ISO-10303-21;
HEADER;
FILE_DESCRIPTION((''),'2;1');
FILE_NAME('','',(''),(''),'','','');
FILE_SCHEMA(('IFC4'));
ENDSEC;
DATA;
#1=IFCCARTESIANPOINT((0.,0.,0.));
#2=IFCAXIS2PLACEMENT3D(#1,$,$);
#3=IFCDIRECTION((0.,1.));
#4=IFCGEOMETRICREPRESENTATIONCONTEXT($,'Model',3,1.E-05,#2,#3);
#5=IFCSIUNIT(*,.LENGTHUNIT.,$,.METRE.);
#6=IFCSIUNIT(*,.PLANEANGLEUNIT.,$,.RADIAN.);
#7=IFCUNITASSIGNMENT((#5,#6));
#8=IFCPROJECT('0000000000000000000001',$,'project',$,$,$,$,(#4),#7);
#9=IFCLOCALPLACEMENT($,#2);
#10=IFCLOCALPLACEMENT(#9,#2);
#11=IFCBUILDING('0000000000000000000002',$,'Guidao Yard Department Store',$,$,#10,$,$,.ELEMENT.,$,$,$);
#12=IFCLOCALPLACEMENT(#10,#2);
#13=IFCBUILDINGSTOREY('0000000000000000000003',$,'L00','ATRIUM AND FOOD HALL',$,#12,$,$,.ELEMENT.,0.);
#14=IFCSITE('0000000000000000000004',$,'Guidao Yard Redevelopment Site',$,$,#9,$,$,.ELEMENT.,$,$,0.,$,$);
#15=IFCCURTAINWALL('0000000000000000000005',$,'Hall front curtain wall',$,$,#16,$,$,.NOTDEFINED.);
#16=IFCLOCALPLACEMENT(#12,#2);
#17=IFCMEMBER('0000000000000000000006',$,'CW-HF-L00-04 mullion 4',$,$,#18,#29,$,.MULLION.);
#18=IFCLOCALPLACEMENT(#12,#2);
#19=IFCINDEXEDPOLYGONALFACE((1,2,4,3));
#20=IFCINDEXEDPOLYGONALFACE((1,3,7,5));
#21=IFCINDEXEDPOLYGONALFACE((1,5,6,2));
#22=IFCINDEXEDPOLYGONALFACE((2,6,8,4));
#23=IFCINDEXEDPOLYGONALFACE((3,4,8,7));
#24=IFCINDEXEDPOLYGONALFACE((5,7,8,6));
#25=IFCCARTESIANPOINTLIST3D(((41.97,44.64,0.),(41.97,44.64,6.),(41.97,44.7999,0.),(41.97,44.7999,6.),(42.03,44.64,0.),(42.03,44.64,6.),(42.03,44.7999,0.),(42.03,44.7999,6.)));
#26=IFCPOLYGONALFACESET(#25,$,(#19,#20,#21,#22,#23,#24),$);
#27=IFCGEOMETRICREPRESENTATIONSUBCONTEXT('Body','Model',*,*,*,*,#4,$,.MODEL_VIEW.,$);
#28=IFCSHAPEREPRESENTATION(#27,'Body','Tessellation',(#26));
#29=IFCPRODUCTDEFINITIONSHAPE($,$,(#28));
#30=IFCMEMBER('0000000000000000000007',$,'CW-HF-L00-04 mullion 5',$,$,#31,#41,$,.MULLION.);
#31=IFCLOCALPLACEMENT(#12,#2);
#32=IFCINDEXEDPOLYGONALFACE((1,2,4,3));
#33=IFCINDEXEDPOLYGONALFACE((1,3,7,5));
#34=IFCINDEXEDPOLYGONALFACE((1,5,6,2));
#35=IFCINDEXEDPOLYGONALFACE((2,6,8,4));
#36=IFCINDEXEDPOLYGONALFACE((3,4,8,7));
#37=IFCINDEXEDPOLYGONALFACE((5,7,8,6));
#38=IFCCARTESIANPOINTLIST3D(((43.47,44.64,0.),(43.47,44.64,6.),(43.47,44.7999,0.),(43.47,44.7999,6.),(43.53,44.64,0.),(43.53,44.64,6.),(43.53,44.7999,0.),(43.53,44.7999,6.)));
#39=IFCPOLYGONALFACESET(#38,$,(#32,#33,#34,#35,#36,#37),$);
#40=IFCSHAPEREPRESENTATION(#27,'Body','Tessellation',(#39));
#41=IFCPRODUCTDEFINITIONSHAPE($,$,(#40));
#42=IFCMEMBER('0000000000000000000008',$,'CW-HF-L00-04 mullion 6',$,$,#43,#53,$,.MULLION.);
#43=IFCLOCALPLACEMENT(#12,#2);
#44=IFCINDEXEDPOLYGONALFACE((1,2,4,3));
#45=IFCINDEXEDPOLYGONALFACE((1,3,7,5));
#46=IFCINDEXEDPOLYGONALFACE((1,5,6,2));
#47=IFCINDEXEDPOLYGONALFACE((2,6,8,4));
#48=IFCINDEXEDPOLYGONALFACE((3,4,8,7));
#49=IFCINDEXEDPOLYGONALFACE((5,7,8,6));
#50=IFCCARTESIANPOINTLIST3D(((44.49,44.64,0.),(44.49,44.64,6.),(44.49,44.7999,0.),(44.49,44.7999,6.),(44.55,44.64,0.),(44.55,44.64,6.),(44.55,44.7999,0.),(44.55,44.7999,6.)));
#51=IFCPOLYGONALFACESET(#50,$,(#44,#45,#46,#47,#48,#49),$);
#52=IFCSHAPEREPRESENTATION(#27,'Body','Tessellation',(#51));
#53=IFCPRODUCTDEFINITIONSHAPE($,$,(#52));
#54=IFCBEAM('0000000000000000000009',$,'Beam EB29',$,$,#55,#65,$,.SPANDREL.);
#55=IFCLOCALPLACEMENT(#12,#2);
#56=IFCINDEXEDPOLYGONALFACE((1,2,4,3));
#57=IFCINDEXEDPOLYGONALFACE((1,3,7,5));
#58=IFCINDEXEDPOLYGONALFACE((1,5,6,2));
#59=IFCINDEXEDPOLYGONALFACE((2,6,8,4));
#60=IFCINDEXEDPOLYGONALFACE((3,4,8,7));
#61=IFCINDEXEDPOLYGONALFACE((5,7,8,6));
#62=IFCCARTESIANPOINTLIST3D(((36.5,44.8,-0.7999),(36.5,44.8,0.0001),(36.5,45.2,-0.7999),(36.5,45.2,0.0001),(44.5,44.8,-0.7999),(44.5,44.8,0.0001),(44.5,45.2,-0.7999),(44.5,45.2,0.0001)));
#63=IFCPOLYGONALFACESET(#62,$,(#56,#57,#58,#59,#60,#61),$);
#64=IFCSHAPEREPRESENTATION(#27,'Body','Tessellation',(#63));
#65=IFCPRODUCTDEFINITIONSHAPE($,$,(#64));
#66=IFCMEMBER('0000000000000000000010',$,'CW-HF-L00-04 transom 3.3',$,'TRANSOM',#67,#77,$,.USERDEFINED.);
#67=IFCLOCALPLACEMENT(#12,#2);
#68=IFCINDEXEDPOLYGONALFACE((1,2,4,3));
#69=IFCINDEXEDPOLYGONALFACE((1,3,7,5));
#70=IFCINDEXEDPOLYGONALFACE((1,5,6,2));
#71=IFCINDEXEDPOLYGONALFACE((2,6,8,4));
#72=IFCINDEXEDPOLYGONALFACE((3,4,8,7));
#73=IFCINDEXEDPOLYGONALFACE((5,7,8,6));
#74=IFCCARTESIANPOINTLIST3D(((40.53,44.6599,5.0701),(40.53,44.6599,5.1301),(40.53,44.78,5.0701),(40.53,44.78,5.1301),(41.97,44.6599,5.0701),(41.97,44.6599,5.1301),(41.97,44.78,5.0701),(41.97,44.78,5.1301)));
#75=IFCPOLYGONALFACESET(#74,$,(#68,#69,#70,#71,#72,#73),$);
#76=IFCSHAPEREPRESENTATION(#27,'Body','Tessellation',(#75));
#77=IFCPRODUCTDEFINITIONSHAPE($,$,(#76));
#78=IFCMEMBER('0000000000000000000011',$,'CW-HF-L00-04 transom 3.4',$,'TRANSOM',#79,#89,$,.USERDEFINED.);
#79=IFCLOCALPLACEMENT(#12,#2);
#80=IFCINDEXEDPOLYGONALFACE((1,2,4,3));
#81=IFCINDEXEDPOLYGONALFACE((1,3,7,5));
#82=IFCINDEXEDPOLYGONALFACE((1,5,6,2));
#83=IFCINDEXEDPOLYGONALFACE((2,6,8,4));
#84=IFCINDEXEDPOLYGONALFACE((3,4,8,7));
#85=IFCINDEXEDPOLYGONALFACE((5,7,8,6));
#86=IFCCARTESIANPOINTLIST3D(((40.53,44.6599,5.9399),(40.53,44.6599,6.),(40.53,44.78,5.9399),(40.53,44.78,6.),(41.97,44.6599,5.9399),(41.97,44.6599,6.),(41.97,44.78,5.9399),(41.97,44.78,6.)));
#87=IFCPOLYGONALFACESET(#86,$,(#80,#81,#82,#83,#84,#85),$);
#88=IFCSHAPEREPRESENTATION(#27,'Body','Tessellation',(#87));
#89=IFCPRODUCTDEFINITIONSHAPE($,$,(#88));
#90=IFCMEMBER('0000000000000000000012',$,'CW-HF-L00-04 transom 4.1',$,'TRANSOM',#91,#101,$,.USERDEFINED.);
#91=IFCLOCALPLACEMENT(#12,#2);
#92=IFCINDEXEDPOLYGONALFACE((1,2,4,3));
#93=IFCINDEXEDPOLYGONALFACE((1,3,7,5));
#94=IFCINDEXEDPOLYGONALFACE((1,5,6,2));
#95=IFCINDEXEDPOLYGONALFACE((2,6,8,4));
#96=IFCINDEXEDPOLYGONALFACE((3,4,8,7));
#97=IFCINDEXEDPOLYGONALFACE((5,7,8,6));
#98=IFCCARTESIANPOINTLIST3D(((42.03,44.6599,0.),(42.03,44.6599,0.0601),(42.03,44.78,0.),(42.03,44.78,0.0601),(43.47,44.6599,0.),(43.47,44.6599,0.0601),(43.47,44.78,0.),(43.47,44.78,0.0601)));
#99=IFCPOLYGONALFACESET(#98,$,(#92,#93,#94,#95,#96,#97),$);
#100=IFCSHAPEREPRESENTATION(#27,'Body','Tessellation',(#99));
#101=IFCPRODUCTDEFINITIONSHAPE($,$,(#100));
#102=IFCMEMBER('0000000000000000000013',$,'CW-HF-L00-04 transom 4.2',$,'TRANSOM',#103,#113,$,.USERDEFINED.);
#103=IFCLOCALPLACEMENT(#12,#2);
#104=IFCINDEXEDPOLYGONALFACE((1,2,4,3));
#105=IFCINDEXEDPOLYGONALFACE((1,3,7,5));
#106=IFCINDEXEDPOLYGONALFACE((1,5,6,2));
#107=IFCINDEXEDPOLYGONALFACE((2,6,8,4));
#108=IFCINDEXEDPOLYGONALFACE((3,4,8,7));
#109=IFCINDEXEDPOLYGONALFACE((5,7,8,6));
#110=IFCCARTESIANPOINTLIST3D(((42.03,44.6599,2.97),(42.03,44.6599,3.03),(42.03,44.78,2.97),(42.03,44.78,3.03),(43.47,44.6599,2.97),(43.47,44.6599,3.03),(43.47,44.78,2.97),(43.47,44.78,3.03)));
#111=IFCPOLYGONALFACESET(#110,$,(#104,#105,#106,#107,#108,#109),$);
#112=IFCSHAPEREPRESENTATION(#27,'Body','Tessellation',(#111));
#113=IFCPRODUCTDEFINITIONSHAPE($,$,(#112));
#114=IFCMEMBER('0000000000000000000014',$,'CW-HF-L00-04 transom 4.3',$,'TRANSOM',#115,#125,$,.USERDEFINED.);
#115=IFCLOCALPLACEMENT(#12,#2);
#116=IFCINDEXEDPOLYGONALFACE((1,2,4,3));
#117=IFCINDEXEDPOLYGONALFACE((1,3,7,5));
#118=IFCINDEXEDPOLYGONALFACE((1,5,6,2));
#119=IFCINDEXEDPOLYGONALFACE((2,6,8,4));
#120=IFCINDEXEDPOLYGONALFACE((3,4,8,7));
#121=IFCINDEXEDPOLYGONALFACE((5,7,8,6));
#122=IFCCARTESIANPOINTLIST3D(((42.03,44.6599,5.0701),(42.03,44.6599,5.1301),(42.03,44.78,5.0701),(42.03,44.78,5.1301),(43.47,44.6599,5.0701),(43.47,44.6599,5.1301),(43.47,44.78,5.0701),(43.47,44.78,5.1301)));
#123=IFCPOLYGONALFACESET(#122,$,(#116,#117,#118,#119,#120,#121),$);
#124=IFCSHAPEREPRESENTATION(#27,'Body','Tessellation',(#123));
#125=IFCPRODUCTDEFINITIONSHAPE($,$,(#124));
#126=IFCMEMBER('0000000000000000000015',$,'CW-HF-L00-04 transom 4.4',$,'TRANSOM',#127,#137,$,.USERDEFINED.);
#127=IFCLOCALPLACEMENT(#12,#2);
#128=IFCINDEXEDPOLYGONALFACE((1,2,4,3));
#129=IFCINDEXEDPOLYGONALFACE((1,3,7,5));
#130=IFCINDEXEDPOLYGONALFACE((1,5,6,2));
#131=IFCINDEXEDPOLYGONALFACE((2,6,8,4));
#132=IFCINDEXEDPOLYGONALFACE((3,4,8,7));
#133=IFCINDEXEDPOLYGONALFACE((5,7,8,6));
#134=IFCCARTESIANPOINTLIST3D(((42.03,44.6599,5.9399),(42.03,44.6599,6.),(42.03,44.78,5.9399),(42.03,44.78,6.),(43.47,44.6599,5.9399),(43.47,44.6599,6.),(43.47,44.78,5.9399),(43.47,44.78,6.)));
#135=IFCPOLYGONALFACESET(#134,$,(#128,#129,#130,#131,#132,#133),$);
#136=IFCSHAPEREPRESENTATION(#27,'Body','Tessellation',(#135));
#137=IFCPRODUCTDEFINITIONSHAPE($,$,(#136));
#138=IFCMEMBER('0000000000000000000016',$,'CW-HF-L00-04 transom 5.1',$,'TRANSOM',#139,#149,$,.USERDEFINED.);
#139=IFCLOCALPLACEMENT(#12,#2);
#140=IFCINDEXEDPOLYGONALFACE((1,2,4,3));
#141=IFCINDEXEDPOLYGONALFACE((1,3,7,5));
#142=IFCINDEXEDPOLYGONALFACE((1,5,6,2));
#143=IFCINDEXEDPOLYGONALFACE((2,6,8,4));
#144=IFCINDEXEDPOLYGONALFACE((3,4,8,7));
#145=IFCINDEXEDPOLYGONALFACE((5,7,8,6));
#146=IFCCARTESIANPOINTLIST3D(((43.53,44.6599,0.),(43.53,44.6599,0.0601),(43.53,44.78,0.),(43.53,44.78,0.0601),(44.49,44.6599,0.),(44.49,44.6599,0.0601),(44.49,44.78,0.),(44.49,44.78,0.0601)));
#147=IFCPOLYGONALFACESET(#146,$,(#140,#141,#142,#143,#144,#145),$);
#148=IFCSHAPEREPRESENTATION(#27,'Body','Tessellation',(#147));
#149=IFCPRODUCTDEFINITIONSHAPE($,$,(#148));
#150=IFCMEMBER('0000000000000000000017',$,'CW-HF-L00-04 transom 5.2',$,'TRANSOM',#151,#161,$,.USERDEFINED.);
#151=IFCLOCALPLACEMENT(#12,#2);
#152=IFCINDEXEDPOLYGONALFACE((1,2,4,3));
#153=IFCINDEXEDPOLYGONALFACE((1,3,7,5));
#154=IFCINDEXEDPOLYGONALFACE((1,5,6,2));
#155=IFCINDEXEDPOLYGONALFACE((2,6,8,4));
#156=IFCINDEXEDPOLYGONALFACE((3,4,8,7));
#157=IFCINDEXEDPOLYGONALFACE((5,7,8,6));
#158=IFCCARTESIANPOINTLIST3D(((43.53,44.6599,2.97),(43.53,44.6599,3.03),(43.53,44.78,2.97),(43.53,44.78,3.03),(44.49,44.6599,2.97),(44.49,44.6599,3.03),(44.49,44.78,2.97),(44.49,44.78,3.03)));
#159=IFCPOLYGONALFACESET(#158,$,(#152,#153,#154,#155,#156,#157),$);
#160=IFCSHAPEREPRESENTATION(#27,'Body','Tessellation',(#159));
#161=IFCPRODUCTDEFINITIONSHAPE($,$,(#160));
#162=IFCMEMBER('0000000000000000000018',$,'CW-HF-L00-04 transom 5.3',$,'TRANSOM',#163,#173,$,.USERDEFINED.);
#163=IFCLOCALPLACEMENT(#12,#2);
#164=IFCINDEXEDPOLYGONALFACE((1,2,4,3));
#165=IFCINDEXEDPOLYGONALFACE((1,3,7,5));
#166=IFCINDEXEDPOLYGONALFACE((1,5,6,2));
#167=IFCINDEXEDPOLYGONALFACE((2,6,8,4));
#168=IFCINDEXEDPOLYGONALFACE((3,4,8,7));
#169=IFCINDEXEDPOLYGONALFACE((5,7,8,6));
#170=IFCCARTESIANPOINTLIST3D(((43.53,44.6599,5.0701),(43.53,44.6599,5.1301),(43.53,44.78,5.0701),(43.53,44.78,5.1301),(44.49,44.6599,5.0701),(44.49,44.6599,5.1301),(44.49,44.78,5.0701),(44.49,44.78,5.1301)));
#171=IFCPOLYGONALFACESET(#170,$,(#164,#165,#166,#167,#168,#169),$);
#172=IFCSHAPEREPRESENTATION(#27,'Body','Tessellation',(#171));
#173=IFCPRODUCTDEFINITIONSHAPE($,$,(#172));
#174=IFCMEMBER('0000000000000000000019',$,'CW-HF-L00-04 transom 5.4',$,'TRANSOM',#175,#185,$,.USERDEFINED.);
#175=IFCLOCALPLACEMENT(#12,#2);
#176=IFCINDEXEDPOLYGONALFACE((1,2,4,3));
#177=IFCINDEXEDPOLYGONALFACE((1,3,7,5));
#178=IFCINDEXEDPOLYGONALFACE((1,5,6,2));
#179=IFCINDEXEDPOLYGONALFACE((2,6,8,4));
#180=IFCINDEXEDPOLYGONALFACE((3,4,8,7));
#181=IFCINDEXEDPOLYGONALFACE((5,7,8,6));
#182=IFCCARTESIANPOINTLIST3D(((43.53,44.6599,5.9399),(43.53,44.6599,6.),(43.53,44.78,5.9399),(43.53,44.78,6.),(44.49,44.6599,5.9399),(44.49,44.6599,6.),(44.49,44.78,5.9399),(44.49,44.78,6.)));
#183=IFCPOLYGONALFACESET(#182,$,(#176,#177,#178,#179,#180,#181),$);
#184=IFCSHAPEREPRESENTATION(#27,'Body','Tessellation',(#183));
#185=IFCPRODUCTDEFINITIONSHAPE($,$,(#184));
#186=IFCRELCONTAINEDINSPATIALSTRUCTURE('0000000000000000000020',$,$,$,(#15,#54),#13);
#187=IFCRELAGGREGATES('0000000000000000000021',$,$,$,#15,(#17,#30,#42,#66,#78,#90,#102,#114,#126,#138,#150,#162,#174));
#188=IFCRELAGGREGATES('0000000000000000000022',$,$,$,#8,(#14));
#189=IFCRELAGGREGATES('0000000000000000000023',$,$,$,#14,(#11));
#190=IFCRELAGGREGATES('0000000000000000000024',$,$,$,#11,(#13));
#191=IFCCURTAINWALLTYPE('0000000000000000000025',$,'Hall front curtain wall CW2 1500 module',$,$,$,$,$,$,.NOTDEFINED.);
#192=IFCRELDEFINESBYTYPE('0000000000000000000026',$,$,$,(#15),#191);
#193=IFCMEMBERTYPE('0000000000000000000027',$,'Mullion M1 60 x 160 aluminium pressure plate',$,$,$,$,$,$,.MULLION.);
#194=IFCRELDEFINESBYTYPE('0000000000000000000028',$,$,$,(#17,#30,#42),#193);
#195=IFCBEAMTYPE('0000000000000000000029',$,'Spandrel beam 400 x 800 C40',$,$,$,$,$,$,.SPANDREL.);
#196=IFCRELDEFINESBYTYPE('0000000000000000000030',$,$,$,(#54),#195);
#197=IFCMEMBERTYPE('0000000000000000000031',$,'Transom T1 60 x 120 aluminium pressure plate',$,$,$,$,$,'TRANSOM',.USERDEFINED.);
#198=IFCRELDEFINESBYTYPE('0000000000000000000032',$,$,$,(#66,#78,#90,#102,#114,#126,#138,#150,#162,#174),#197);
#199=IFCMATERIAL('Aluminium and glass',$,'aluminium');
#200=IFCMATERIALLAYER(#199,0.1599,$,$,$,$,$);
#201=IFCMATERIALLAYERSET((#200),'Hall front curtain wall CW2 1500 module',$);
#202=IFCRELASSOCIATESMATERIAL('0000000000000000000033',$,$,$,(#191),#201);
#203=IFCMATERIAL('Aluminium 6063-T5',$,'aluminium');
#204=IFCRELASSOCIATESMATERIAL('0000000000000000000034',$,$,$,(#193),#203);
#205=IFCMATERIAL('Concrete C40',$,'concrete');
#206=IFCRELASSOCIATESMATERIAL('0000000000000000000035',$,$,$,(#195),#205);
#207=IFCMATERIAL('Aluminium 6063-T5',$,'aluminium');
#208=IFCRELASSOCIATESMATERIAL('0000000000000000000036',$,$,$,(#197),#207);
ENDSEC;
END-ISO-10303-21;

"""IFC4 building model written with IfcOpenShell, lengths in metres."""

from ifc_helpers import new_model, si_unit, direction, frame, origin, origin_2d, place, context, subcontext, project, spatial, rectangle, extrude, material, layer, layer_set, material_profile, profile_set, type_object, element, aggregate, save


model = new_model("IFC4")

# Units and contexts
model_context = context("Model", 3, precision=1e-05, world=origin(), true_north=direction((0.0, 1.0)))
body_context = subcontext(model_context, "Body", "Model", "MODEL_VIEW")
ifc_project = project(units=[si_unit("LENGTHUNIT", "METRE"), si_unit("PLANEANGLEUNIT", "RADIAN")], contexts=[model_context])

# Site, building, storey
site_placement = place(None, origin())
site = spatial("IfcSite", under=ifc_project, at=site_placement, Name="Guidao Yard Redevelopment Site", CompositionType="ELEMENT", RefElevation=0.0)
building_placement = place(site_placement, origin())
building = spatial("IfcBuilding", under=site, at=building_placement, Name="Guidao Yard Department Store", CompositionType="ELEMENT")
storey_placement = place(building_placement, origin())
storey = spatial("IfcBuildingStorey", under=building, at=storey_placement, Name="L00", Description="ATRIUM AND FOOD HALL", CompositionType="ELEMENT", Elevation=0.0)

# Curtain wall, members
ifc_material_1 = material(Name="Aluminium and glass", Category="aluminium")
ifc_layer_1 = layer(ifc_material_1, 0.1599)
ifc_layer_set_1 = layer_set([ifc_layer_1], Name="Hall front curtain wall CW2 1500 module")
curtain_wall_type = type_object("IfcCurtainWallType", Name="Hall front curtain wall CW2 1500 module", PredefinedType="NOTDEFINED", material=ifc_layer_set_1)
curtain_wall_placement = place(storey_placement, origin())
curtain_wall = element("IfcCurtainWall", 1, at=curtain_wall_placement, inside=storey, type_object=curtain_wall_type, Name="Hall front curtain wall", PredefinedType="NOTDEFINED")
ifc_material_2 = material(Name="Aluminium 6063-T5", Category="aluminium")
ifc_material_profile_1 = material_profile(ifc_material_2, rectangle(XDim=0.0601, YDim=0.1599, at=origin_2d()), Name="Mullion M1 60 x 160 aluminium pressure plate")
ifc_profile_set_1 = profile_set([ifc_material_profile_1], Name="Aluminium 6063-T5")
member_type_1 = type_object("IfcMemberType", Name="Mullion M1 60 x 160 aluminium pressure plate", PredefinedType="MULLION", material=ifc_profile_set_1)
member_1_placement = place(storey_placement, frame((42.0, 44.72, 0.0), z_axis=(0.0, 0.0, 1.0), x_axis=(-1.0, 0.0, 0.0)))
member_1 = element("IfcMember", 2, at=member_1_placement, type_object=member_type_1, Name="CW-HF-L00-04 mullion 4", PredefinedType="MULLION", context=body_context, shape_type="SweptSolid", body=[
    extrude(rectangle(XDim=0.0601, YDim=0.1599, at=origin_2d()), origin(), (0.0, 0.0, 1.0), 6.0),
])
member_2_placement = place(storey_placement, frame((43.5, 44.72, 0.0), z_axis=(0.0, 0.0, 1.0), x_axis=(-1.0, 0.0, 0.0)))
member_2 = element("IfcMember", 3, at=member_2_placement, type_object=member_type_1, Name="CW-HF-L00-04 mullion 5", PredefinedType="MULLION", context=body_context, shape_type="SweptSolid", body=[
    extrude(rectangle(XDim=0.0601, YDim=0.1599, at=origin_2d()), origin(), (0.0, 0.0, 1.0), 6.0),
])
member_3_placement = place(storey_placement, frame((44.52, 44.72, 0.0), z_axis=(0.0, 0.0, 1.0), x_axis=(-1.0, 0.0, 0.0)))
member_3 = element("IfcMember", 4, at=member_3_placement, type_object=member_type_1, Name="CW-HF-L00-04 mullion 6", PredefinedType="MULLION", context=body_context, shape_type="SweptSolid", body=[
    extrude(rectangle(XDim=0.0601, YDim=0.1599, at=origin_2d()), origin(), (0.0, 0.0, 1.0), 6.0),
])

# Beam
ifc_material_3 = material(Name="Concrete C40", Category="concrete")
ifc_material_profile_2 = material_profile(ifc_material_3, rectangle(XDim=0.3999, YDim=0.8, at=origin_2d()), Name="Spandrel beam 400 x 800 C40")
ifc_profile_set_2 = profile_set([ifc_material_profile_2], Name="Concrete C40")
beam_type = type_object("IfcBeamType", Name="Spandrel beam 400 x 800 C40", PredefinedType="SPANDREL", material=ifc_profile_set_2)
beam_placement = place(storey_placement, frame((36.5, 45.0, -0.3999), z_axis=(1.0, 0.0, 0.0), x_axis=(0.0, 1.0, 0.0)))
element("IfcBeam", 5, at=beam_placement, inside=storey, type_object=beam_type, Name="Beam EB29", PredefinedType="SPANDREL", context=body_context, shape_type="SweptSolid", body=[
    extrude(rectangle(XDim=0.3999, YDim=0.8, at=origin_2d()), origin(), (0.0, 0.0, 1.0), 8.0),
])

# Members
ifc_material_4 = material(Name="Aluminium 6063-T5", Category="aluminium")
ifc_material_profile_3 = material_profile(ifc_material_4, rectangle(XDim=0.1201, YDim=0.0601, at=origin_2d()), Name="Transom T1 60 x 120 aluminium pressure plate")
ifc_profile_set_3 = profile_set([ifc_material_profile_3], Name="Aluminium 6063-T5")
member_type_2 = type_object("IfcMemberType", Name="Transom T1 60 x 120 aluminium pressure plate", ElementType="TRANSOM", PredefinedType="USERDEFINED", material=ifc_profile_set_3)
member_4_placement = place(storey_placement, frame((41.97, 44.72, 5.1001), z_axis=(-1.0, 0.0, 0.0), x_axis=(0.0, -1.0, 0.0)))
member_4 = element("IfcMember", 6, at=member_4_placement, type_object=member_type_2, Name="CW-HF-L00-04 transom 3.3", ObjectType="TRANSOM", PredefinedType="USERDEFINED", context=body_context, shape_type="SweptSolid", body=[
    extrude(rectangle(XDim=0.1201, YDim=0.0601, at=origin_2d()), origin(), (0.0, 0.0, 1.0), 1.4399),
])
member_5_placement = place(storey_placement, frame((41.97, 44.72, 5.97), z_axis=(-1.0, 0.0, 0.0), x_axis=(0.0, -1.0, 0.0)))
member_5 = element("IfcMember", 7, at=member_5_placement, type_object=member_type_2, Name="CW-HF-L00-04 transom 3.4", ObjectType="TRANSOM", PredefinedType="USERDEFINED", context=body_context, shape_type="SweptSolid", body=[
    extrude(rectangle(XDim=0.1201, YDim=0.0601, at=origin_2d()), origin(), (0.0, 0.0, 1.0), 1.4399),
])
member_6_placement = place(storey_placement, frame((43.47, 44.72, 0.03), z_axis=(-1.0, 0.0, 0.0), x_axis=(0.0, -1.0, 0.0)))
member_6 = element("IfcMember", 8, at=member_6_placement, type_object=member_type_2, Name="CW-HF-L00-04 transom 4.1", ObjectType="TRANSOM", PredefinedType="USERDEFINED", context=body_context, shape_type="SweptSolid", body=[
    extrude(rectangle(XDim=0.1201, YDim=0.0601, at=origin_2d()), origin(), (0.0, 0.0, 1.0), 1.4399),
])
member_7_placement = place(storey_placement, frame((43.47, 44.72, 3.0), z_axis=(-1.0, 0.0, 0.0), x_axis=(0.0, -1.0, 0.0)))
member_7 = element("IfcMember", 9, at=member_7_placement, type_object=member_type_2, Name="CW-HF-L00-04 transom 4.2", ObjectType="TRANSOM", PredefinedType="USERDEFINED", context=body_context, shape_type="SweptSolid", body=[
    extrude(rectangle(XDim=0.1201, YDim=0.0601, at=origin_2d()), origin(), (0.0, 0.0, 1.0), 1.4399),
])
member_8_placement = place(storey_placement, frame((43.47, 44.72, 5.1001), z_axis=(-1.0, 0.0, 0.0), x_axis=(0.0, -1.0, 0.0)))
member_8 = element("IfcMember", 10, at=member_8_placement, type_object=member_type_2, Name="CW-HF-L00-04 transom 4.3", ObjectType="TRANSOM", PredefinedType="USERDEFINED", context=body_context, shape_type="SweptSolid", body=[
    extrude(rectangle(XDim=0.1201, YDim=0.0601, at=origin_2d()), origin(), (0.0, 0.0, 1.0), 1.4399),
])
member_9_placement = place(storey_placement, frame((43.47, 44.72, 5.97), z_axis=(-1.0, 0.0, 0.0), x_axis=(0.0, -1.0, 0.0)))
member_9 = element("IfcMember", 11, at=member_9_placement, type_object=member_type_2, Name="CW-HF-L00-04 transom 4.4", ObjectType="TRANSOM", PredefinedType="USERDEFINED", context=body_context, shape_type="SweptSolid", body=[
    extrude(rectangle(XDim=0.1201, YDim=0.0601, at=origin_2d()), origin(), (0.0, 0.0, 1.0), 1.4399),
])
member_10_placement = place(storey_placement, frame((44.49, 44.72, 0.03), z_axis=(-1.0, 0.0, 0.0), x_axis=(0.0, -1.0, 0.0)))
member_10 = element("IfcMember", 12, at=member_10_placement, type_object=member_type_2, Name="CW-HF-L00-04 transom 5.1", ObjectType="TRANSOM", PredefinedType="USERDEFINED", context=body_context, shape_type="SweptSolid", body=[
    extrude(rectangle(XDim=0.1201, YDim=0.0601, at=origin_2d()), origin(), (0.0, 0.0, 1.0), 0.96),
])
member_11_placement = place(storey_placement, frame((44.49, 44.72, 3.0), z_axis=(-1.0, 0.0, 0.0), x_axis=(0.0, -1.0, 0.0)))
member_11 = element("IfcMember", 13, at=member_11_placement, type_object=member_type_2, Name="CW-HF-L00-04 transom 5.2", ObjectType="TRANSOM", PredefinedType="USERDEFINED", context=body_context, shape_type="SweptSolid", body=[
    extrude(rectangle(XDim=0.1201, YDim=0.0601, at=origin_2d()), origin(), (0.0, 0.0, 1.0), 0.96),
])
member_12_placement = place(storey_placement, frame((44.49, 44.72, 5.1001), z_axis=(-1.0, 0.0, 0.0), x_axis=(0.0, -1.0, 0.0)))
member_12 = element("IfcMember", 14, at=member_12_placement, type_object=member_type_2, Name="CW-HF-L00-04 transom 5.3", ObjectType="TRANSOM", PredefinedType="USERDEFINED", context=body_context, shape_type="SweptSolid", body=[
    extrude(rectangle(XDim=0.1201, YDim=0.0601, at=origin_2d()), origin(), (0.0, 0.0, 1.0), 0.96),
])
member_13_placement = place(storey_placement, frame((44.49, 44.72, 5.97), z_axis=(-1.0, 0.0, 0.0), x_axis=(0.0, -1.0, 0.0)))
member_13 = element("IfcMember", 15, at=member_13_placement, type_object=member_type_2, Name="CW-HF-L00-04 transom 5.4", ObjectType="TRANSOM", PredefinedType="USERDEFINED", context=body_context, shape_type="SweptSolid", body=[
    extrude(rectangle(XDim=0.1201, YDim=0.0601, at=origin_2d()), origin(), (0.0, 0.0, 1.0), 0.96),
])

aggregate(curtain_wall, [member_1, member_2, member_3, member_4, member_5, member_6, member_7, member_8, member_9, member_10, member_11, member_12, member_13])

save(model, "model.ifc")
